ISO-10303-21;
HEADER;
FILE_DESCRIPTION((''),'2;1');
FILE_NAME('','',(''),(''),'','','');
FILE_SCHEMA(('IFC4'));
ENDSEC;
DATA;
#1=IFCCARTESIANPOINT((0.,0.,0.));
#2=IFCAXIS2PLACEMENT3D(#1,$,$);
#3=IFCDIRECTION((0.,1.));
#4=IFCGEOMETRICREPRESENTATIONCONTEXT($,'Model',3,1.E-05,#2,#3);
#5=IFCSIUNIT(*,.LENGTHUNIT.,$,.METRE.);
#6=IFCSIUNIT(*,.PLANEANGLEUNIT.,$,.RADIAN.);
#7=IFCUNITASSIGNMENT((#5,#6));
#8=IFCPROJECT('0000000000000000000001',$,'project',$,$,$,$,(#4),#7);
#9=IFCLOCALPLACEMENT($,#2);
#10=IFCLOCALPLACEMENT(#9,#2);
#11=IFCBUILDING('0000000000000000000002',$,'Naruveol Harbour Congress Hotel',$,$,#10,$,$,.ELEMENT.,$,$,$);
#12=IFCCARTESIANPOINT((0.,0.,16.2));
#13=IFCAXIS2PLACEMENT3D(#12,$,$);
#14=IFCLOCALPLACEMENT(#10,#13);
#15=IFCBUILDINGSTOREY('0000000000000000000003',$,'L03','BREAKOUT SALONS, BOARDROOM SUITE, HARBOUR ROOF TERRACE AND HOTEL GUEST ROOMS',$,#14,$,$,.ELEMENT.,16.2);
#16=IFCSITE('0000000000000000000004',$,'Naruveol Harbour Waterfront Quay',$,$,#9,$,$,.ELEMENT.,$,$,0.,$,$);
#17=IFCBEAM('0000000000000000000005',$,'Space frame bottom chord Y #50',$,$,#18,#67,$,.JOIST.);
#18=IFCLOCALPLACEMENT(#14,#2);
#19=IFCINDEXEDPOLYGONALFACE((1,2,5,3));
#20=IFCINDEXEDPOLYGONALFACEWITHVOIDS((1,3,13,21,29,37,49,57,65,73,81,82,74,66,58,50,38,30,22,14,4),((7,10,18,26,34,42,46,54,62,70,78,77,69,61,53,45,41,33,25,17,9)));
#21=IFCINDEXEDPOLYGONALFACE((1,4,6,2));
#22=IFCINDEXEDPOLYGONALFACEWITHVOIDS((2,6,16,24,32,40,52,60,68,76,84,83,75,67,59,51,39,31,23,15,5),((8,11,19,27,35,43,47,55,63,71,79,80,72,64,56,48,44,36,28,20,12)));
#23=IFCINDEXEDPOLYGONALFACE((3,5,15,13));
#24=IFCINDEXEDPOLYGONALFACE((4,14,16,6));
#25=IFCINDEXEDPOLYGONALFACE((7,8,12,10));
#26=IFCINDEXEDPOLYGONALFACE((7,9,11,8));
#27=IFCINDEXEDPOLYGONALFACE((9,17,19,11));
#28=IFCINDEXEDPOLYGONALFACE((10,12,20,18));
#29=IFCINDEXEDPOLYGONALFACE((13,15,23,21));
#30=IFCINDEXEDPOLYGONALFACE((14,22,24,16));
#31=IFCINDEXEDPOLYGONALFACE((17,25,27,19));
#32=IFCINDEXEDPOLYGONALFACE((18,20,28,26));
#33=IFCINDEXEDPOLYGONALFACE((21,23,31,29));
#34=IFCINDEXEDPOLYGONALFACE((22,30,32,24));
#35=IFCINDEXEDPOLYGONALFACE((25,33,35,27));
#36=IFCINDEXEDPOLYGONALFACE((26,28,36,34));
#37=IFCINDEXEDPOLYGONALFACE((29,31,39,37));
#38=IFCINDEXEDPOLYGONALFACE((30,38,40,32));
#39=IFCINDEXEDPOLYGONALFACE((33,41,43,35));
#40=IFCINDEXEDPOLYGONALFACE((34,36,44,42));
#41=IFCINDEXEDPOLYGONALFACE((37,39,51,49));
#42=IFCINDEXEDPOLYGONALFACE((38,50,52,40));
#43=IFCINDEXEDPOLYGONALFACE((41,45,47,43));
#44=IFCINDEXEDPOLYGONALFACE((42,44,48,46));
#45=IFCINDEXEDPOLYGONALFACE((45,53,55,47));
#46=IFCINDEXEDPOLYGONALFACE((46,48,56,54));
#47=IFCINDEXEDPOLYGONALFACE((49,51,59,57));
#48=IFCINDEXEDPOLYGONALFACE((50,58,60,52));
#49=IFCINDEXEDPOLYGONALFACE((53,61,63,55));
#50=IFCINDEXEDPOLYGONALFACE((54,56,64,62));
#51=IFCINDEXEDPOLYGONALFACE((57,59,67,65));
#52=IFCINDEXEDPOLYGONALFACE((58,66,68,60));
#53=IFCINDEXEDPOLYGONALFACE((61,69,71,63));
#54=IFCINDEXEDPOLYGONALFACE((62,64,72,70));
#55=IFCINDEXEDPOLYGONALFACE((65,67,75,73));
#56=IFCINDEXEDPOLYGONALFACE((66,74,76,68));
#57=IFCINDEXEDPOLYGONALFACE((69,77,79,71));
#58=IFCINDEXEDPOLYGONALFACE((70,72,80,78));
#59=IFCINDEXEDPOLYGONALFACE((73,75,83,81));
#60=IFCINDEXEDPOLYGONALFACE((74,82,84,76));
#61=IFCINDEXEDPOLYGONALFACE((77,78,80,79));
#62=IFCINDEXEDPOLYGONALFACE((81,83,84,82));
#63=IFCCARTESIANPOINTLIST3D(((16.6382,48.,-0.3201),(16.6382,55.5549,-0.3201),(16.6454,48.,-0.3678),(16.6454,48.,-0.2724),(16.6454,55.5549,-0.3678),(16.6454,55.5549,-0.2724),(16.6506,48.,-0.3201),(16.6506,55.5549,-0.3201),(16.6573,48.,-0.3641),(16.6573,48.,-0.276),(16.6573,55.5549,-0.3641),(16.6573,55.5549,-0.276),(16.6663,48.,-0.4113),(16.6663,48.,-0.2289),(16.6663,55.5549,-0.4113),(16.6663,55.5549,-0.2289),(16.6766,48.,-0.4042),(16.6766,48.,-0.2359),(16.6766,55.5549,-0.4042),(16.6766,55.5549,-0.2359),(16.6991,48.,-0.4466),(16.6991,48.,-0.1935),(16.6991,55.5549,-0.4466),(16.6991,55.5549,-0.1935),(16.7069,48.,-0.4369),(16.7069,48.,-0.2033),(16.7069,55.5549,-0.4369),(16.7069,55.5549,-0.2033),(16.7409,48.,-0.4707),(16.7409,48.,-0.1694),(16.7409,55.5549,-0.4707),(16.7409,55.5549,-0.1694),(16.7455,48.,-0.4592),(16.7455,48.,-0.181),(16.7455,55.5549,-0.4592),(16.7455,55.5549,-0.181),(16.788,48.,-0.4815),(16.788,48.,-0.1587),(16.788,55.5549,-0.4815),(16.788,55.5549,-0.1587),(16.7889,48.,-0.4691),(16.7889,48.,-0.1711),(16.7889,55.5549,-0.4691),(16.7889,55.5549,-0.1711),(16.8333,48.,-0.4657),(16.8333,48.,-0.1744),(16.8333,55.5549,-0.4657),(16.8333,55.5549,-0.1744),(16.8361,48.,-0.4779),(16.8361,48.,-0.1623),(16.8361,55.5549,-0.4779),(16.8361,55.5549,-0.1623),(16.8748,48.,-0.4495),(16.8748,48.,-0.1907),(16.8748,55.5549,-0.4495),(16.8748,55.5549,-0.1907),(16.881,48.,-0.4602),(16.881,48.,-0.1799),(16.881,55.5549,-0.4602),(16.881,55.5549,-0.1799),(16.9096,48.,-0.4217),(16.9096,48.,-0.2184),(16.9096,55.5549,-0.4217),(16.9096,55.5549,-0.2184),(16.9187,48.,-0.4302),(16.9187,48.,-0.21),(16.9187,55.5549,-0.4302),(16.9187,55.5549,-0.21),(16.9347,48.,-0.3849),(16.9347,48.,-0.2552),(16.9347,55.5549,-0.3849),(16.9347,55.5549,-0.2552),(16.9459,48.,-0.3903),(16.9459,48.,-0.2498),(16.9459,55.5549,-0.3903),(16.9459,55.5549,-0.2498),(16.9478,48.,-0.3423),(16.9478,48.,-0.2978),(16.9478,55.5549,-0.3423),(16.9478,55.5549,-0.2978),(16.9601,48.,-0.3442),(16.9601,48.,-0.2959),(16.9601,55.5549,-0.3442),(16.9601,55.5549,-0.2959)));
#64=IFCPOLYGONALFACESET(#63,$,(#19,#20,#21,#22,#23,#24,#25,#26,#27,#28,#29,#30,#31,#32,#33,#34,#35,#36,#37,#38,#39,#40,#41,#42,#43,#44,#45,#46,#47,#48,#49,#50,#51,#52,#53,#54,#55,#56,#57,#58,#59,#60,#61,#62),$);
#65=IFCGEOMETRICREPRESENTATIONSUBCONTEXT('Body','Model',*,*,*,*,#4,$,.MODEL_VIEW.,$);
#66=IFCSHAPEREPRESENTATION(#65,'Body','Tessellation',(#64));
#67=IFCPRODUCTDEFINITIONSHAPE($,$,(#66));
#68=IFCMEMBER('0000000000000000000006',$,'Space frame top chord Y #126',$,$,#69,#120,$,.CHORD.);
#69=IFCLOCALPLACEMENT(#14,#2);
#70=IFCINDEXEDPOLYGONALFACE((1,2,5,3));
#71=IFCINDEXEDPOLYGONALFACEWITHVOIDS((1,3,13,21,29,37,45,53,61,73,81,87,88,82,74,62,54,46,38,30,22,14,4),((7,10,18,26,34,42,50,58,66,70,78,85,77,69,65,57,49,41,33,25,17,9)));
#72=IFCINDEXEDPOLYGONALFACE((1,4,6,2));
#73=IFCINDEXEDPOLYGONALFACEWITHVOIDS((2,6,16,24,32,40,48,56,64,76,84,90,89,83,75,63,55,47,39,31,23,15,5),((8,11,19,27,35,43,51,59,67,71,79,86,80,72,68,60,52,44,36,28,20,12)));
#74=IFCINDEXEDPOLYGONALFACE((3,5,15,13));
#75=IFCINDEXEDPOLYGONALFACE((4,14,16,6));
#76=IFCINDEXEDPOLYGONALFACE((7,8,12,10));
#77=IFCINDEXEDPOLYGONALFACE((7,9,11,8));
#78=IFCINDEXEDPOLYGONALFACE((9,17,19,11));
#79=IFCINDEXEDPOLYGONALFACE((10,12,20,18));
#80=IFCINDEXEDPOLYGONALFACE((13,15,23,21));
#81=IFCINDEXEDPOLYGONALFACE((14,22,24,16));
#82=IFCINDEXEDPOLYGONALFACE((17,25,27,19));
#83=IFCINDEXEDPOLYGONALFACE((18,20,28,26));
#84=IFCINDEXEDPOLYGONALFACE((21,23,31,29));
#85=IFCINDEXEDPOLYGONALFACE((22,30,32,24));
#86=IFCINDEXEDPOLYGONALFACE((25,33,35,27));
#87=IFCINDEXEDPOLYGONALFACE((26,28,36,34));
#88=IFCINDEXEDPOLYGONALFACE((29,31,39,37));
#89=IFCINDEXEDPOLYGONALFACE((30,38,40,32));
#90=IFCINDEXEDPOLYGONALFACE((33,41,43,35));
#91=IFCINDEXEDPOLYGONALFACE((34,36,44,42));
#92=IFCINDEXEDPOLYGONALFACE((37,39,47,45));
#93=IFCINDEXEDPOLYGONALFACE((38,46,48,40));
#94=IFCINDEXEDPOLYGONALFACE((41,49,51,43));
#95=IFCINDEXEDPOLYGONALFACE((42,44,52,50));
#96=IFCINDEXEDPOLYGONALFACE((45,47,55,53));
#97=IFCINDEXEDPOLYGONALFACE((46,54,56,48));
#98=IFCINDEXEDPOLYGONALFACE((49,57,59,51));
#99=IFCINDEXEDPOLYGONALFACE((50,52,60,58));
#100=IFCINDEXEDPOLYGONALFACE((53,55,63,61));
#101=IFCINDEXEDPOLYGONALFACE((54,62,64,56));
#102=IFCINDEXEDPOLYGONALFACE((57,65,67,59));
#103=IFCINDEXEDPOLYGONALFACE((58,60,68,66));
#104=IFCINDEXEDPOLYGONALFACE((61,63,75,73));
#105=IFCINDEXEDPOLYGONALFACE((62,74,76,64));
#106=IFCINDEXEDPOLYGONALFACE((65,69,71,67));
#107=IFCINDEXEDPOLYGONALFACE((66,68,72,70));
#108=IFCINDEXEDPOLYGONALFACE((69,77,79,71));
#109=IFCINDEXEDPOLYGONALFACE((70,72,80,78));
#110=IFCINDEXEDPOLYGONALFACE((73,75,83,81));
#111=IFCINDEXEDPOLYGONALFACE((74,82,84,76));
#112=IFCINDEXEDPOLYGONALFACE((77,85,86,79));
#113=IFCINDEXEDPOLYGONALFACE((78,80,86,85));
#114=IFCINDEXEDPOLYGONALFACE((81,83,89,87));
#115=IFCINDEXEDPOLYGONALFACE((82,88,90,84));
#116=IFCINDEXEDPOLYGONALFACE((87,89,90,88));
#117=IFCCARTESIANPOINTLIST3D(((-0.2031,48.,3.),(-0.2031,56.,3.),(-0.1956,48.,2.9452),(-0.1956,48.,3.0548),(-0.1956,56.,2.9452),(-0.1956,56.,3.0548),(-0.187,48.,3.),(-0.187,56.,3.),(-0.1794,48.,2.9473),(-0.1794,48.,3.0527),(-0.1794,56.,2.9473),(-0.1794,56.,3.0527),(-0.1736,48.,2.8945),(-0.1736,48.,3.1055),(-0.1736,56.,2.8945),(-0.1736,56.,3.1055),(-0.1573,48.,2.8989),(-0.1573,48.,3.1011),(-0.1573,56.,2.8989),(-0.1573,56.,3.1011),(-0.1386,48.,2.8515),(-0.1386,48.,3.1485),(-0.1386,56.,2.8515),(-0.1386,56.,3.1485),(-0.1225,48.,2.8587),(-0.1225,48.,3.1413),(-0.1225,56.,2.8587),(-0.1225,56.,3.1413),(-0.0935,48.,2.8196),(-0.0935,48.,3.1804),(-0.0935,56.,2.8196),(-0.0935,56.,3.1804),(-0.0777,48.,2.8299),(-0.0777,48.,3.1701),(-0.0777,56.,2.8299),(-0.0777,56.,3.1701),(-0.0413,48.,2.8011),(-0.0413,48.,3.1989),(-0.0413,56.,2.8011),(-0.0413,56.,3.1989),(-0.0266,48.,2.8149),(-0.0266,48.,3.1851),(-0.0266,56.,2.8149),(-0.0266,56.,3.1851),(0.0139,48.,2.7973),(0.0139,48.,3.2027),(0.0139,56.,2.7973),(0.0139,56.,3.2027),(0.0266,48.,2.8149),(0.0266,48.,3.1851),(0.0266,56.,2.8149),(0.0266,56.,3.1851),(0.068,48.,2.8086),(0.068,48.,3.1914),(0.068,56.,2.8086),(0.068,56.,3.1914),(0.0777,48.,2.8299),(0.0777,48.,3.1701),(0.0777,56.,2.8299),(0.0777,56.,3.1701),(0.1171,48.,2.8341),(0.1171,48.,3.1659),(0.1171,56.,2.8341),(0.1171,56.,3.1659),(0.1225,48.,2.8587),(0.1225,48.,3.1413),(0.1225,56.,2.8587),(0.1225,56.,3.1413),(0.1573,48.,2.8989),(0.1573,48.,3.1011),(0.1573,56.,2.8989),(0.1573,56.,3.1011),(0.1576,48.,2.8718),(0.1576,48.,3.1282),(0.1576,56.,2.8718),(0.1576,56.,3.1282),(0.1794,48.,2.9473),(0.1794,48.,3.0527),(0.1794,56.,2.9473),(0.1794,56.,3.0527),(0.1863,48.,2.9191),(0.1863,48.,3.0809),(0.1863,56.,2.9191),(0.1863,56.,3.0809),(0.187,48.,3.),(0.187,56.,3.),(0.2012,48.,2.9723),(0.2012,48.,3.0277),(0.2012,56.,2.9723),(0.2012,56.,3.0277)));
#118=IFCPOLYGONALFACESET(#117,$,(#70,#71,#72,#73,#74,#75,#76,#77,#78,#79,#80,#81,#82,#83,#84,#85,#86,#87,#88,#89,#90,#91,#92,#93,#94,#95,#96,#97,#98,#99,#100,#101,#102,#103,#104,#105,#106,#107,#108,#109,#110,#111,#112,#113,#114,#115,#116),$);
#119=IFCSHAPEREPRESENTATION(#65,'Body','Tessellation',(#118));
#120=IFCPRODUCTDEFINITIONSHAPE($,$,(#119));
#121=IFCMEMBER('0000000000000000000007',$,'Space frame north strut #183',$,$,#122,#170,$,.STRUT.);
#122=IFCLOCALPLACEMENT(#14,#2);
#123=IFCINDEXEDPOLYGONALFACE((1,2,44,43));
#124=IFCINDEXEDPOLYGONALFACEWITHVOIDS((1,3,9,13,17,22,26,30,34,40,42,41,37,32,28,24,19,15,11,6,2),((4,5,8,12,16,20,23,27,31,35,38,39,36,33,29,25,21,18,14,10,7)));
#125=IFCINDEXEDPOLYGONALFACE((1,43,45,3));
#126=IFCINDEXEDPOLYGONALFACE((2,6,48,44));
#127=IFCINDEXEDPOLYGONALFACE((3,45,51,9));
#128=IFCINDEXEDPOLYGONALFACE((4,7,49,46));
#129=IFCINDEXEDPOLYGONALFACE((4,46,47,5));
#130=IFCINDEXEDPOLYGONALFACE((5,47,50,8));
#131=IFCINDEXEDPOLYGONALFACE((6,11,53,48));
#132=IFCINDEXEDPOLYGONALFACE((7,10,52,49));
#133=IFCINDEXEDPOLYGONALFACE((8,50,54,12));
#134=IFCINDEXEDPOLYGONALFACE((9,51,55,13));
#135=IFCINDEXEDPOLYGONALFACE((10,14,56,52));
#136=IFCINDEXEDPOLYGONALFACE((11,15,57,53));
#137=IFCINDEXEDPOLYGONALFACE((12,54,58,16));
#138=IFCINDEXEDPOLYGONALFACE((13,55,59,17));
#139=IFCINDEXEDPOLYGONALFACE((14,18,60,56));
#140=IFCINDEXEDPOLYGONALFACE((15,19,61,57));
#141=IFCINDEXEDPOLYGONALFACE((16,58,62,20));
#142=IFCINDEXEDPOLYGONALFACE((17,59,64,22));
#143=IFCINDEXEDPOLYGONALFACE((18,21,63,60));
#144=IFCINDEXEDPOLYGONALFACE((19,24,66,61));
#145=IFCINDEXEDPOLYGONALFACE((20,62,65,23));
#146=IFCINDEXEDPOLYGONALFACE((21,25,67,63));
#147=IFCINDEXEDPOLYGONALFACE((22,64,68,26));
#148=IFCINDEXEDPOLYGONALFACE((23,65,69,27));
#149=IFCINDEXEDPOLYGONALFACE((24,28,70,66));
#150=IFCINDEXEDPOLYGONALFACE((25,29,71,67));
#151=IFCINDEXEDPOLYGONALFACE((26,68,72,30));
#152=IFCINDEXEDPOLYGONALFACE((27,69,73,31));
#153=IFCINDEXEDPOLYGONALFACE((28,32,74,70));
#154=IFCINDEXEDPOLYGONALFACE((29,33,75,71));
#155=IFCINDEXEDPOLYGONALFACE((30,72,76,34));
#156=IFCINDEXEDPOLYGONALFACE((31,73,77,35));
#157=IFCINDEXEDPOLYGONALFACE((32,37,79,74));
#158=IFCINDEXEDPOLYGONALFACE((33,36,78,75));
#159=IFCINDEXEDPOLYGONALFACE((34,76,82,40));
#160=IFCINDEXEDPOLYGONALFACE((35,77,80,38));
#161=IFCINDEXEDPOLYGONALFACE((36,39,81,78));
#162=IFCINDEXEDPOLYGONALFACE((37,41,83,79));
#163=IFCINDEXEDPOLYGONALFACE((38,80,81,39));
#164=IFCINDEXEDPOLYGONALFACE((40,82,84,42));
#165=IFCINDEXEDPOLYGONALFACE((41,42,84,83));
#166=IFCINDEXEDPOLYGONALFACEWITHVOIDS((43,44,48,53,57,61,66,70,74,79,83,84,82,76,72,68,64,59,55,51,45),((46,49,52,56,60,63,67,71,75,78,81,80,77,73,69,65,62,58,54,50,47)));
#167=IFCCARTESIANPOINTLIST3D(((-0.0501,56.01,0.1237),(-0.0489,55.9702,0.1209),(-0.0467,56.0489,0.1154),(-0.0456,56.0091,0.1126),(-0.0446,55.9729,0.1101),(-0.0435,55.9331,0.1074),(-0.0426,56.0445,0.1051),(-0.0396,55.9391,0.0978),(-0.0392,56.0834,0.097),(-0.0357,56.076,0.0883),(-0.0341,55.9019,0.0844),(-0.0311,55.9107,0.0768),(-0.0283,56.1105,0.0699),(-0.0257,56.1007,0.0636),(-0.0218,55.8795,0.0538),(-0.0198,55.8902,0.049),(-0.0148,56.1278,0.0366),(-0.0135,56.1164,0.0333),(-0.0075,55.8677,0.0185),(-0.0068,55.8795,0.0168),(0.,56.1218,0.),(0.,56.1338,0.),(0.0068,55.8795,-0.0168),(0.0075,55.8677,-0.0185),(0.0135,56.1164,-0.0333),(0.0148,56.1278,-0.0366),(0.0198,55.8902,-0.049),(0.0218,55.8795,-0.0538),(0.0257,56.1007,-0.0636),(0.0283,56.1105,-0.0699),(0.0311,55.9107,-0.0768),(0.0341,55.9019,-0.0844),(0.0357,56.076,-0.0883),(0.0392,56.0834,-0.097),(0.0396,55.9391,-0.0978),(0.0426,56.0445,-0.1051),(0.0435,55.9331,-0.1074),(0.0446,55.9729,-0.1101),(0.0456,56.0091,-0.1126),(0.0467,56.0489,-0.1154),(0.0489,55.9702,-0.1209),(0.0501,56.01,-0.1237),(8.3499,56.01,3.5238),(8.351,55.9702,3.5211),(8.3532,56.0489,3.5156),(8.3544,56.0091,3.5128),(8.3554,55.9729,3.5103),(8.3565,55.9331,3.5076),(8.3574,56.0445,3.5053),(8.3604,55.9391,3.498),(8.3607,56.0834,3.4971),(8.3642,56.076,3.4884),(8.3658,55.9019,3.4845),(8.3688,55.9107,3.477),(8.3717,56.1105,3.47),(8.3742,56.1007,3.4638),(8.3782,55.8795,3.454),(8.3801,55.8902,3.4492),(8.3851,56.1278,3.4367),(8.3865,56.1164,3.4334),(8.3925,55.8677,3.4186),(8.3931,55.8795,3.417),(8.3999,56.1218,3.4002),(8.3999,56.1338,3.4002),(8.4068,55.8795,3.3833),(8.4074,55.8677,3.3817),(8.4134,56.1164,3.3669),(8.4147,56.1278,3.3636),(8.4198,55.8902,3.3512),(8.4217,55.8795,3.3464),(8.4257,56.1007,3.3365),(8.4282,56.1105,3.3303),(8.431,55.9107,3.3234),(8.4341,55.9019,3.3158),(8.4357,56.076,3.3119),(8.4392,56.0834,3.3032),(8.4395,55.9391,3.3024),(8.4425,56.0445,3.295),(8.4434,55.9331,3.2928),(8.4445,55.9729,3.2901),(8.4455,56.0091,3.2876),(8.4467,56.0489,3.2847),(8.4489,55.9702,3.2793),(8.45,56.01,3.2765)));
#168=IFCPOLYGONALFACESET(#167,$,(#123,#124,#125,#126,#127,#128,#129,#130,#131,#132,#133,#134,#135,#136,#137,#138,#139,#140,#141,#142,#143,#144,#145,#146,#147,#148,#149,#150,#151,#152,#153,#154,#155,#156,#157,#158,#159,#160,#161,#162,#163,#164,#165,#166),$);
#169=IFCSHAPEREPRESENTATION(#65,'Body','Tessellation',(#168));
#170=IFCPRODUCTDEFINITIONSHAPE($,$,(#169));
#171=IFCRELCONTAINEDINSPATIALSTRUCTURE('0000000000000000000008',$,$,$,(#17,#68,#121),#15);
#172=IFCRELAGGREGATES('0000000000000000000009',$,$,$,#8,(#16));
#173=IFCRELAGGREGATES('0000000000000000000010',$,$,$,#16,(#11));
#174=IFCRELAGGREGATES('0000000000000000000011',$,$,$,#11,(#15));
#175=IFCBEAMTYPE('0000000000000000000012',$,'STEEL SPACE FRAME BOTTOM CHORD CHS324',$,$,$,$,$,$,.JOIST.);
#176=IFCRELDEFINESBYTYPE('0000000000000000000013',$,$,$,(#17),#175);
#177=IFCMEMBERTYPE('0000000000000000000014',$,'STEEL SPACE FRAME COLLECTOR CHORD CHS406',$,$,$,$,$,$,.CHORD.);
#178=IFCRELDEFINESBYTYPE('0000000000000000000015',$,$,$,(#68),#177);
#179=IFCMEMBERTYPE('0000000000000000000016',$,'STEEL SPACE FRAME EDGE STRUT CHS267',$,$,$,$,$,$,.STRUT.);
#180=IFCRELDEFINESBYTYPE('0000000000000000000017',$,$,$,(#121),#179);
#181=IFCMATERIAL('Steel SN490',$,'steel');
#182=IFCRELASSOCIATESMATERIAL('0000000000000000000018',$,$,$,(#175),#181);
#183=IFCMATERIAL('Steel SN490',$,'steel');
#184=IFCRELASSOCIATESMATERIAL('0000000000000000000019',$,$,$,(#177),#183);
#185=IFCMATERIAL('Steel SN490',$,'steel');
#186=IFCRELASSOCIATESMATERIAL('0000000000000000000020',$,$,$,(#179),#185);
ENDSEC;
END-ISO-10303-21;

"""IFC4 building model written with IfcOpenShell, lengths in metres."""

from ifc_helpers import new_model, si_unit, direction, frame, origin, origin_2d, place, context, subcontext, project, spatial, hollow_circle, extrude, material, material_profile, profile_set, type_object, element, save


model = new_model("IFC4")

# Units and contexts
model_context = context("Model", 3, precision=1e-05, world=origin(), true_north=direction((0.0, 1.0)))
body_context = subcontext(model_context, "Body", "Model", "MODEL_VIEW")
ifc_project = project(units=[si_unit("LENGTHUNIT", "METRE"), si_unit("PLANEANGLEUNIT", "RADIAN")], contexts=[model_context])

# Site, building, storey
site_placement = place(None, origin())
site = spatial("IfcSite", under=ifc_project, at=site_placement, Name="Naruveol Harbour Waterfront Quay", CompositionType="ELEMENT", RefElevation=0.0)
building_placement = place(site_placement, origin())
building = spatial("IfcBuilding", under=site, at=building_placement, Name="Naruveol Harbour Congress Hotel", CompositionType="ELEMENT")
storey_placement = place(building_placement, frame((0.0, 0.0, 16.2)))
storey = spatial("IfcBuildingStorey", under=building, at=storey_placement, Name="L03", Description="BREAKOUT SALONS, BOARDROOM SUITE, HARBOUR ROOF TERRACE AND HOTEL GUEST ROOMS", CompositionType="ELEMENT", Elevation=16.2)

# Beam
ifc_material_1 = material(Name="Steel SN490", Category="steel")
ifc_material_profile_1 = material_profile(ifc_material_1, hollow_circle(Radius=0.1619, WallThickness=0.0125, at=origin_2d()), Name="CHS-323.9x12.5")
ifc_profile_set_1 = profile_set([ifc_material_profile_1], Name="Steel SN490")
beam_type_1 = type_object("IfcBeamType", Name="STEEL SPACE FRAME BOTTOM CHORD CHS324", PredefinedType="JOIST", material=ifc_profile_set_1)
beam_1_placement = place(storey_placement, frame((16.8, 48.0, -0.3201), z_axis=(0.0, 1.0, 0.0), x_axis=(-1.0, 0.0, 0.0)))
element("IfcBeam", 1, at=beam_1_placement, inside=storey, type_object=beam_type_1, Name="Space frame bottom chord Y #50", PredefinedType="JOIST", context=body_context, shape_type="SweptSolid", body=[
    extrude(hollow_circle(Radius=0.1619, WallThickness=0.0125, at=origin_2d()), origin(), (0.0, 0.0, 1.0), 7.5549),
])

# Members
ifc_material_2 = material(Name="Steel SN490", Category="steel")
ifc_material_profile_2 = material_profile(ifc_material_2, hollow_circle(Radius=0.2031, WallThickness=0.0161, at=origin_2d()), Name="CHS-406.4x16")
ifc_profile_set_2 = profile_set([ifc_material_profile_2], Name="Steel SN490")
member_type_1 = type_object("IfcMemberType", Name="STEEL SPACE FRAME COLLECTOR CHORD CHS406", PredefinedType="CHORD", material=ifc_profile_set_2)
member_1_placement = place(storey_placement, frame((0.0, 48.0, 3.0), z_axis=(0.0, 1.0, 0.0), x_axis=(-1.0, 0.0, 0.0)))
element("IfcMember", 2, at=member_1_placement, inside=storey, type_object=member_type_1, Name="Space frame top chord Y #126", PredefinedType="CHORD", context=body_context, shape_type="SweptSolid", body=[
    extrude(hollow_circle(Radius=0.2031, WallThickness=0.0161, at=origin_2d()), origin(), (0.0, 0.0, 1.0), 8.0),
])
ifc_material_3 = material(Name="Steel SN490", Category="steel")
ifc_material_profile_3 = material_profile(ifc_material_3, hollow_circle(Radius=0.1338, WallThickness=0.012, at=origin_2d()), Name="CHS-267.4x12")
ifc_profile_set_3 = profile_set([ifc_material_profile_3], Name="Steel SN490")
member_type_2 = type_object("IfcMemberType", Name="STEEL SPACE FRAME EDGE STRUT CHS267", PredefinedType="STRUT", material=ifc_profile_set_3)
member_2_placement = place(storey_placement, frame((0.0, 56.0, 0.0), z_axis=(0.92694, 0.0, 0.37521), x_axis=(0.0, 1.0, 0.0)))
element("IfcMember", 3, at=member_2_placement, inside=storey, type_object=member_type_2, Name="Space frame north strut #183", PredefinedType="STRUT", context=body_context, shape_type="SweptSolid", body=[
    extrude(hollow_circle(Radius=0.1338, WallThickness=0.012, at=origin_2d()), origin(), (0.0, 0.0, 1.0), 9.062),
])

save(model, "model.ifc")
